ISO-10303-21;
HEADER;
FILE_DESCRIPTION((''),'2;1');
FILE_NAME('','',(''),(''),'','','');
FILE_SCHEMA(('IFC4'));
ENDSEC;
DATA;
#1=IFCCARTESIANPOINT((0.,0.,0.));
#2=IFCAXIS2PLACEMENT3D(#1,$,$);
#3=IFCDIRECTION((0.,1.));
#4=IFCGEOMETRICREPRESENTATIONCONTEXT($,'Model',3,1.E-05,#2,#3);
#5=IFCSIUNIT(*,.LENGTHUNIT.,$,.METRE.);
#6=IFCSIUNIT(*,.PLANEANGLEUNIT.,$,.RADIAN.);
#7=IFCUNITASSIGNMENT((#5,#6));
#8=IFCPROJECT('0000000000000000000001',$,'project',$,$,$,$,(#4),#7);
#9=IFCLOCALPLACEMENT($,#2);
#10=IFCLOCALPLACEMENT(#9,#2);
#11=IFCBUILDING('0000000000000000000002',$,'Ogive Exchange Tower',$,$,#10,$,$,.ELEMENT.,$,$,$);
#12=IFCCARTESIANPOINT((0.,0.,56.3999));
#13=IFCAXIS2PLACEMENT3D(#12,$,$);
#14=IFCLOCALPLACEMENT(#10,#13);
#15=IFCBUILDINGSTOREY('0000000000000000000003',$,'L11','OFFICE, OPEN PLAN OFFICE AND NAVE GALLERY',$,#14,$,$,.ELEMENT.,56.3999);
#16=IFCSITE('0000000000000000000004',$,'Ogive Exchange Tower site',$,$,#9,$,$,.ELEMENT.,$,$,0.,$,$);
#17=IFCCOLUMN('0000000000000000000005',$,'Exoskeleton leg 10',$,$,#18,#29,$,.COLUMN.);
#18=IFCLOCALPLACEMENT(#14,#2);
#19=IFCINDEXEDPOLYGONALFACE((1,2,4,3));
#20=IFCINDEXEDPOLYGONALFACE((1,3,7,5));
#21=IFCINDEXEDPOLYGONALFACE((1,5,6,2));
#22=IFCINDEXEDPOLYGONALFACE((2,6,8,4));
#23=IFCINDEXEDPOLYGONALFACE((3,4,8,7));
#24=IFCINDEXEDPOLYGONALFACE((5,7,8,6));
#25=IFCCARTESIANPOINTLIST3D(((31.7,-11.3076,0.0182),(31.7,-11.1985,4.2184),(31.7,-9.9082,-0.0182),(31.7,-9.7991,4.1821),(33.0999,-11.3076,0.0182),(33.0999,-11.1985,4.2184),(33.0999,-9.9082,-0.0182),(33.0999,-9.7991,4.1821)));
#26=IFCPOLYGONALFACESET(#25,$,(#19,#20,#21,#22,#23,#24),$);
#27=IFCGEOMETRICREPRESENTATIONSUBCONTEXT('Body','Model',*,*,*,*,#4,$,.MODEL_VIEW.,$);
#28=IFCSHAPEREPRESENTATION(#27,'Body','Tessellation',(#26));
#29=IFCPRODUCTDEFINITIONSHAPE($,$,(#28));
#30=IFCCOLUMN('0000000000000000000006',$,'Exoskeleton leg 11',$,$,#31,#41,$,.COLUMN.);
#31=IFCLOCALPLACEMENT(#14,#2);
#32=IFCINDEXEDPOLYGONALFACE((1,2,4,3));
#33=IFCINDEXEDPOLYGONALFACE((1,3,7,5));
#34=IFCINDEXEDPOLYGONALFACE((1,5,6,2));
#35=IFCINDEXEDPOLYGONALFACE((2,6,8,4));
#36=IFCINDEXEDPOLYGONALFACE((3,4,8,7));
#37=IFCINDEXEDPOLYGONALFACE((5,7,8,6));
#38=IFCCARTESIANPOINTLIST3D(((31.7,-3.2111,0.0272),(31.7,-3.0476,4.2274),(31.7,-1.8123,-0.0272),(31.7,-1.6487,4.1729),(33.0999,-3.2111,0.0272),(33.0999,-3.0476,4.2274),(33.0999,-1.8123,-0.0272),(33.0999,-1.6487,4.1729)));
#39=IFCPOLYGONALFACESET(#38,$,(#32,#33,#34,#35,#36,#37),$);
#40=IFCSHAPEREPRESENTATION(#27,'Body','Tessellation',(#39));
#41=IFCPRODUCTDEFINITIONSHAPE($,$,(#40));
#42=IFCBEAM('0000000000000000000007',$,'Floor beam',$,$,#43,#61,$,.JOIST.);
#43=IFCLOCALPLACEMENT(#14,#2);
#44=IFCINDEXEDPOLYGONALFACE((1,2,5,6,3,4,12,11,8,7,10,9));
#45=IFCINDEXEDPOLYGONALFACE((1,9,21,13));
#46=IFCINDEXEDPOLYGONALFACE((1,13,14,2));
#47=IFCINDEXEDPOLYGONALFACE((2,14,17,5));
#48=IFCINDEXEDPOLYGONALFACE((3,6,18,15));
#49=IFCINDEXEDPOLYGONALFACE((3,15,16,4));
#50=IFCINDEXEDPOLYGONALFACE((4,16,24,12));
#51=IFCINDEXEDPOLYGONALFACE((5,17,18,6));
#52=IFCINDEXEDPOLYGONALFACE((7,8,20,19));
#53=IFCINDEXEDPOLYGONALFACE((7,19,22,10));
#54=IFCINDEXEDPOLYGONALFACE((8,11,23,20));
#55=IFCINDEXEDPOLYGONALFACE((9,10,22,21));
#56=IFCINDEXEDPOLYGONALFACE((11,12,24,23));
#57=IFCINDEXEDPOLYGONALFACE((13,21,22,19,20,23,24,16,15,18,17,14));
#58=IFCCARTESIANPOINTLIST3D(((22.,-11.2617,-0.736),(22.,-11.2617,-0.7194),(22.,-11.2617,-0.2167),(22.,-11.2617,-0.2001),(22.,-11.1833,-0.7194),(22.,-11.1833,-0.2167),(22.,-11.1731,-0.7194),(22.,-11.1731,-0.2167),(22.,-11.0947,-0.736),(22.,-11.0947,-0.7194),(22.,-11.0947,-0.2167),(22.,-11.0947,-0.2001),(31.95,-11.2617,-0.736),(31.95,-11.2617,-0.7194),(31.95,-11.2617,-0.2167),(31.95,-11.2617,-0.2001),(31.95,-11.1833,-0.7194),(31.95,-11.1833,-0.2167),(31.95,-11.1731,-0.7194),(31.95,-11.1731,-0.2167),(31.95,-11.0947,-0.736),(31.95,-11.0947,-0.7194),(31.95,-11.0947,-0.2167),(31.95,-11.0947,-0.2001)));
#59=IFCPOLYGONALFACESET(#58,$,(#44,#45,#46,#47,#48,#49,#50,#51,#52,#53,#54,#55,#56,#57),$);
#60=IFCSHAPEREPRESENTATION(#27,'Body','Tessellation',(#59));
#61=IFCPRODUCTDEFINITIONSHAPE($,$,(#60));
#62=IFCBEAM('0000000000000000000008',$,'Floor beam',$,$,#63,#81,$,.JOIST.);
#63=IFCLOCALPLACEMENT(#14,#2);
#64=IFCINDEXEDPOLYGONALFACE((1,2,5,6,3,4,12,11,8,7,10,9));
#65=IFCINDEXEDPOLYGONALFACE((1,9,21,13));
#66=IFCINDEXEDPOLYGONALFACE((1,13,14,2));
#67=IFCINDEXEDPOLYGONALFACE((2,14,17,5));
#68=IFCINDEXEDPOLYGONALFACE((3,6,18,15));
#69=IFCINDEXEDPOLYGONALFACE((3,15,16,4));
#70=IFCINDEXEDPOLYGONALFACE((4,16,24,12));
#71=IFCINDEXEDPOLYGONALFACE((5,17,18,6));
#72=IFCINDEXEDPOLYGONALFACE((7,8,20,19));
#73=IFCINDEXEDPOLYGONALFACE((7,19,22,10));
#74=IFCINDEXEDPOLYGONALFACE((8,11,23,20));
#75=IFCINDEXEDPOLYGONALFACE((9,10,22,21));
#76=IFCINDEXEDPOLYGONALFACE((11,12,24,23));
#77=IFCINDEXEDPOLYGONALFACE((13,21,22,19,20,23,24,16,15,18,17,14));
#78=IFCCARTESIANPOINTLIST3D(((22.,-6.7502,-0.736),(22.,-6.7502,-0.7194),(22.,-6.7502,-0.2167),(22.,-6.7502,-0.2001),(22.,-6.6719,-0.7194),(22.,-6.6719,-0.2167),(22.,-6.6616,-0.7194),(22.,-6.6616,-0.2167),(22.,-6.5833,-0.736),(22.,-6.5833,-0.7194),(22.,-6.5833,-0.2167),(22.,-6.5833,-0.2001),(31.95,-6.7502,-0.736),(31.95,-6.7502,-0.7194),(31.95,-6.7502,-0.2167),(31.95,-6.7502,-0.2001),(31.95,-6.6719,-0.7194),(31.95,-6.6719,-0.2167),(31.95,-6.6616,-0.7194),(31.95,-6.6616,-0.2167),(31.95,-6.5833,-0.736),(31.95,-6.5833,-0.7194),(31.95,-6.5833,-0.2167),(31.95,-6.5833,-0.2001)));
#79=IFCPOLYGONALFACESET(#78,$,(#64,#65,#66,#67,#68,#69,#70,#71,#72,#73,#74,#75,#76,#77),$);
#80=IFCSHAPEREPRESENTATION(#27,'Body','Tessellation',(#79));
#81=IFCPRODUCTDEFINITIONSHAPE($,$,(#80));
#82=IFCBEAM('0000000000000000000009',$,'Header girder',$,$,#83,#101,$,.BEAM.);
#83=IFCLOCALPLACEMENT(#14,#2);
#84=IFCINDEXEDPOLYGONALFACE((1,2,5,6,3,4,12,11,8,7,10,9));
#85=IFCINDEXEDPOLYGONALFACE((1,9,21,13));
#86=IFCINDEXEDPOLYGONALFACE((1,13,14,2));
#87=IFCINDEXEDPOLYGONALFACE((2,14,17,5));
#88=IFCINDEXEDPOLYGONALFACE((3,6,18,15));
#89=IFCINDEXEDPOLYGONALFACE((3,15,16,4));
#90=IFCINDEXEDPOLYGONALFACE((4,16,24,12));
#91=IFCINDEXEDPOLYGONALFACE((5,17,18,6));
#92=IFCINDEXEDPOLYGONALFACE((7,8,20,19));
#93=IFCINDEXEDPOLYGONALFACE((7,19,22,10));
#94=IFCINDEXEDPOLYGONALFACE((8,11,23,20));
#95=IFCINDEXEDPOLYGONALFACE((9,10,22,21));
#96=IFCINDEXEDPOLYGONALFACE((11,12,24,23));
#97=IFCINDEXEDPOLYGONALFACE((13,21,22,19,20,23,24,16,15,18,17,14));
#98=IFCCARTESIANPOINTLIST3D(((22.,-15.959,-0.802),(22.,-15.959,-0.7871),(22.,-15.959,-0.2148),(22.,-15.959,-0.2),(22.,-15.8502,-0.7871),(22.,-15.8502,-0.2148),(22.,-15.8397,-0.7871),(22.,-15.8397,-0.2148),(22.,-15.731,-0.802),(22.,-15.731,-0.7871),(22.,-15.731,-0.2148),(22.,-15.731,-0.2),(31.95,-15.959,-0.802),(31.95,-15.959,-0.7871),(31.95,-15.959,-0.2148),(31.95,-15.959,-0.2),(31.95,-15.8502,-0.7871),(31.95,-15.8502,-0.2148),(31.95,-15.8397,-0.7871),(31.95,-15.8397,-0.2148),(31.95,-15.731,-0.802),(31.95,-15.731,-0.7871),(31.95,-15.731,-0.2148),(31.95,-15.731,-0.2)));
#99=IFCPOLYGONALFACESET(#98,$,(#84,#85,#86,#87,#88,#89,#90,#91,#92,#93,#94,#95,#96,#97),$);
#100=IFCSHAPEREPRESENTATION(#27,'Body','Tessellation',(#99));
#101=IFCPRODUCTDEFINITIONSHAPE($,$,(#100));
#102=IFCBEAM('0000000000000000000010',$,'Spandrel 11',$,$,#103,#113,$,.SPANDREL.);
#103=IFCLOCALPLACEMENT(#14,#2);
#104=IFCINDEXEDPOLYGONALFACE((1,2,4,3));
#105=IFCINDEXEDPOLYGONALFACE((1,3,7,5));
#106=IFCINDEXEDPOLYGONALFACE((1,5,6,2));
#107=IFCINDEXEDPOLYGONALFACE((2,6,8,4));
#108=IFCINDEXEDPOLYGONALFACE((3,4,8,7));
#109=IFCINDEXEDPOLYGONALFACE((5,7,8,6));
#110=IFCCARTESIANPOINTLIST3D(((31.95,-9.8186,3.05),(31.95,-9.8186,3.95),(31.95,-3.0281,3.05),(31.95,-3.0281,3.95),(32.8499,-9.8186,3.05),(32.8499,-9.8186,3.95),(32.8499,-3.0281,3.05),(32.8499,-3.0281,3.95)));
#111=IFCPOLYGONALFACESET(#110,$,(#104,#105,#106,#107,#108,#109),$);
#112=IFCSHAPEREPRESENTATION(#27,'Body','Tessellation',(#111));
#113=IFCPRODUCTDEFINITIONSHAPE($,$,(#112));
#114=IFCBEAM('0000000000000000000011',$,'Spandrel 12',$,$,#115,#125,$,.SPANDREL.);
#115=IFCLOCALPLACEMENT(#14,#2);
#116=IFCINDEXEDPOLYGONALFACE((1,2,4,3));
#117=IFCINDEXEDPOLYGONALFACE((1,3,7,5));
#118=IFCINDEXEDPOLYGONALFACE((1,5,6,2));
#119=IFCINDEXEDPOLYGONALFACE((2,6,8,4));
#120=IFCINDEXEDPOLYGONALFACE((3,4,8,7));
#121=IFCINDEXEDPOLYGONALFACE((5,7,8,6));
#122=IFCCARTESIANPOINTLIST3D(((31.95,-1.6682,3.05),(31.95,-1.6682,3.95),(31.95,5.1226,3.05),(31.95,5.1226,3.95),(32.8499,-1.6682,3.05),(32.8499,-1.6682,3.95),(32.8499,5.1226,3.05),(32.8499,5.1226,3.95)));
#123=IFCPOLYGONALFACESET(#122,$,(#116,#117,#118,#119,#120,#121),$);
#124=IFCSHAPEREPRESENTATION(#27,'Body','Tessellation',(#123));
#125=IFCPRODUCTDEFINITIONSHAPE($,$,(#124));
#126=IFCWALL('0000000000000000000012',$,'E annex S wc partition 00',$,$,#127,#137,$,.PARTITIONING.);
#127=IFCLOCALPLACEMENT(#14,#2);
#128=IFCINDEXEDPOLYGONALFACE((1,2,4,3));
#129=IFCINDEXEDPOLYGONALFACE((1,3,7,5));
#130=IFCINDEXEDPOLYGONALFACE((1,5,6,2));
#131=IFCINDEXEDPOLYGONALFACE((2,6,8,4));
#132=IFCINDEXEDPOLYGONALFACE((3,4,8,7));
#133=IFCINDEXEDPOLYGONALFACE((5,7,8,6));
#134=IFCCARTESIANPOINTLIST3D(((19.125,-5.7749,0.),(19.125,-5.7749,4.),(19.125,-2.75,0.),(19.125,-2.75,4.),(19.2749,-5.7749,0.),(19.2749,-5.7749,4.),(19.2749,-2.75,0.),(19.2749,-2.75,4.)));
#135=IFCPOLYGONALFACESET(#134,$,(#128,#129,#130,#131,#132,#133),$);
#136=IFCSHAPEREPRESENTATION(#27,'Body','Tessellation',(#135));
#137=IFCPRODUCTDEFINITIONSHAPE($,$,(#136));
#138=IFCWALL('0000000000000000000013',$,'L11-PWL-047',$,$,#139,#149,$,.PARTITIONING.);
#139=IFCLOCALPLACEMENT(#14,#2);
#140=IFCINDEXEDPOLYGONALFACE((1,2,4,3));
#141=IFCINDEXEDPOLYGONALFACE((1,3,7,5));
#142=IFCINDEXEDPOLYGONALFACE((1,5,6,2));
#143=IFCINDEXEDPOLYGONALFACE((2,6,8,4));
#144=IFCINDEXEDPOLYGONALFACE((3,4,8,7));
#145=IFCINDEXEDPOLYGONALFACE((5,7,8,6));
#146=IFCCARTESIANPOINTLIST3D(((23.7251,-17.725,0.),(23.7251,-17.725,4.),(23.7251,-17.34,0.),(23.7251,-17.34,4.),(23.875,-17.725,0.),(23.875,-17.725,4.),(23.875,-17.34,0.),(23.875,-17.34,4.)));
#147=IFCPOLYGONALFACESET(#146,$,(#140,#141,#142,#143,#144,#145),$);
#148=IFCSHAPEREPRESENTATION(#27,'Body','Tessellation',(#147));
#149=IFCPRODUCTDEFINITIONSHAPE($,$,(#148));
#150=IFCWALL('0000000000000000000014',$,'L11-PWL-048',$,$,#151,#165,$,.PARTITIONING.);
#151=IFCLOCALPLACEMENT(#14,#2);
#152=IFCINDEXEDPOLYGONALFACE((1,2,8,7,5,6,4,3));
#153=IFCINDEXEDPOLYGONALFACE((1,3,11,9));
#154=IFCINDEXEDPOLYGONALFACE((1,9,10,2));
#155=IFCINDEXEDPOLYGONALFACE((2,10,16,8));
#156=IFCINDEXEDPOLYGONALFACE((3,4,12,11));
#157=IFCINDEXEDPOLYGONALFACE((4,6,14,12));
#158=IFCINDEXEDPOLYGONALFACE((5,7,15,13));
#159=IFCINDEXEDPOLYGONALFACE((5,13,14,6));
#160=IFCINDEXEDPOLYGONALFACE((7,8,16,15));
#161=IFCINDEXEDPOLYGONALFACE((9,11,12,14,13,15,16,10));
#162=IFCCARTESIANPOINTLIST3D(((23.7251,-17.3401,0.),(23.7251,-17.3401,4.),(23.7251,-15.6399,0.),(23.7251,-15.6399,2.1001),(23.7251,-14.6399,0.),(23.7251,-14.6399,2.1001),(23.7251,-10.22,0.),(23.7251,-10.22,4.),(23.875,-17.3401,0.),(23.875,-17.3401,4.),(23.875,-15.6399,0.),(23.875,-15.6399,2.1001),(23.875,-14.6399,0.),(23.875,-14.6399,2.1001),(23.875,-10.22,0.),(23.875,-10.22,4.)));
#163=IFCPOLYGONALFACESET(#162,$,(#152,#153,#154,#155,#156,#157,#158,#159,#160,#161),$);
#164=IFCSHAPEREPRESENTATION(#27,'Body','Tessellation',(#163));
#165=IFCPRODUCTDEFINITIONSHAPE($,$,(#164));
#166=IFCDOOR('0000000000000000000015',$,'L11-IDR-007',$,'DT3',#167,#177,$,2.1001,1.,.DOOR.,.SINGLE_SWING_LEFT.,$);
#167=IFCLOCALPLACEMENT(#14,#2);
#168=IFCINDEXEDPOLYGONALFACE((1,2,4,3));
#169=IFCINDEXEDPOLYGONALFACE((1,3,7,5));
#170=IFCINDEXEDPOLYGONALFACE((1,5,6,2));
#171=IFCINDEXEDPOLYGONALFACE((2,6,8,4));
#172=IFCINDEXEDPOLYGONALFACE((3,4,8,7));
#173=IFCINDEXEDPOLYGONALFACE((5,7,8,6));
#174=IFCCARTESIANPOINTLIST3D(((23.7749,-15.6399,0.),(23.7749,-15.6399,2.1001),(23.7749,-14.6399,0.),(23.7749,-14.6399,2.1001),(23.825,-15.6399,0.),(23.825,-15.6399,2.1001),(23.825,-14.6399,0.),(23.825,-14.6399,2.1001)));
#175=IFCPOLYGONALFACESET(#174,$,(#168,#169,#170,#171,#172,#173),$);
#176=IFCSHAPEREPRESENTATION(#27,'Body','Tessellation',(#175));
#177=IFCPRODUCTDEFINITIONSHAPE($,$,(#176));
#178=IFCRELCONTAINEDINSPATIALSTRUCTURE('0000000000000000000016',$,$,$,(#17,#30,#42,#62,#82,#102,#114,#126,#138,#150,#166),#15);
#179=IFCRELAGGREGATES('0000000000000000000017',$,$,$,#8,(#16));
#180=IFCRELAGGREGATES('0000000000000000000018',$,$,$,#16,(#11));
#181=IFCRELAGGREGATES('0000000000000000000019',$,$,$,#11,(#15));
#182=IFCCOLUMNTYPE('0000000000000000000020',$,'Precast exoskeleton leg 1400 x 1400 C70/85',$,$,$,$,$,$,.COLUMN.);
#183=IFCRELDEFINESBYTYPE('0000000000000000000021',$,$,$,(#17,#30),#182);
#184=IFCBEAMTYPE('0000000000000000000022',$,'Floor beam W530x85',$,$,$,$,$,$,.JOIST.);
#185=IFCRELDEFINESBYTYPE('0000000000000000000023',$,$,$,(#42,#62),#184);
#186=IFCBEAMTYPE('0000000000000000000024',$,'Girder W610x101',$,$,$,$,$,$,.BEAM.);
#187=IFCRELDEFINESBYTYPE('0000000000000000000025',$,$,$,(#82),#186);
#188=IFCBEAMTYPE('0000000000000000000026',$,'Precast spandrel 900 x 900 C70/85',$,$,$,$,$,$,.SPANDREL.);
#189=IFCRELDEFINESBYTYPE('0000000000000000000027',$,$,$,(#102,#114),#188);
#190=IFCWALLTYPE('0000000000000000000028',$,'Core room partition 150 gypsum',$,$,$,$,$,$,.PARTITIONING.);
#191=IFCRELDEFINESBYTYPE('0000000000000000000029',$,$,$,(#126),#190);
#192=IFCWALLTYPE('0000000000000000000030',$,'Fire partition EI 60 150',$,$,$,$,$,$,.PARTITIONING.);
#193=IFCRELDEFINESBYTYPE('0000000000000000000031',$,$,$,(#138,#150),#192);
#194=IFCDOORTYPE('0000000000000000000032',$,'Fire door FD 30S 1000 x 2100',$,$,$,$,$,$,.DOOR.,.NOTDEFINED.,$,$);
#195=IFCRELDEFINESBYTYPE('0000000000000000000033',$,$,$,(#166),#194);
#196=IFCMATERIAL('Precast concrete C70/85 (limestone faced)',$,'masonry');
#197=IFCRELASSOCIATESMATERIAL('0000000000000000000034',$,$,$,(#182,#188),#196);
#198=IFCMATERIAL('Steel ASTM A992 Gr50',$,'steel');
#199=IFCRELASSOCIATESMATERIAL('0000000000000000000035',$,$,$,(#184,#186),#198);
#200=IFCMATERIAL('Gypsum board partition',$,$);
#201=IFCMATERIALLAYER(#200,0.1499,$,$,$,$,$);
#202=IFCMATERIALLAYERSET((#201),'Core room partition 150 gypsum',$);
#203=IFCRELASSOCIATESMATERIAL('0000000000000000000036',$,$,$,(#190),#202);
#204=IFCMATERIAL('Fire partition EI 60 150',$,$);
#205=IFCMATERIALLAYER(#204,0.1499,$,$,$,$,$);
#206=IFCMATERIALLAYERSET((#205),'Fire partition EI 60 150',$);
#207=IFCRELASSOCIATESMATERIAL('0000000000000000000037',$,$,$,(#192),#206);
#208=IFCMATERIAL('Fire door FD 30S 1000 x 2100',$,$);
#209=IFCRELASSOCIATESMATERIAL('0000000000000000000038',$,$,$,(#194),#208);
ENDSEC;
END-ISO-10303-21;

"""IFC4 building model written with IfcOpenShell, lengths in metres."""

from ifc_helpers import new_model, si_unit, direction, frame, frame_2d, origin, origin_2d, place, context, subcontext, project, spatial, rectangle, i_section, extrude, material, layer, layer_set, material_profile, profile_set, type_object, element, fill, save


model = new_model("IFC4")

# Units and contexts
model_context = context("Model", 3, precision=1e-05, world=origin(), true_north=direction((0.0, 1.0)))
body_context = subcontext(model_context, "Body", "Model", "MODEL_VIEW")
ifc_project = project(units=[si_unit("LENGTHUNIT", "METRE"), si_unit("PLANEANGLEUNIT", "RADIAN")], contexts=[model_context])

# Site, building, storey
site_placement = place(None, origin())
site = spatial("IfcSite", under=ifc_project, at=site_placement, Name="Ogive Exchange Tower site", CompositionType="ELEMENT", RefElevation=0.0)
building_placement = place(site_placement, origin())
building = spatial("IfcBuilding", under=site, at=building_placement, Name="Ogive Exchange Tower", CompositionType="ELEMENT")
storey_placement = place(building_placement, frame((0.0, 0.0, 56.3999)))
storey = spatial("IfcBuildingStorey", under=building, at=storey_placement, Name="L11", Description="OFFICE, OPEN PLAN OFFICE AND NAVE GALLERY", CompositionType="ELEMENT", Elevation=56.3999)

# Columns
ifc_material_1 = material(Name="Precast concrete C70/85 (limestone faced)", Category="masonry")
ifc_material_profile_1 = material_profile(ifc_material_1, rectangle(XDim=1.3999, YDim=1.3999, at=origin_2d()), Name="1400 x 1400")
ifc_profile_set_1 = profile_set([ifc_material_profile_1], Name="Precast concrete C70/85 (limestone faced)")
column_type = type_object("IfcColumnType", Name="Precast exoskeleton leg 1400 x 1400 C70/85", PredefinedType="COLUMN", material=ifc_profile_set_1)
column_1_placement = place(storey_placement, frame((32.3999, -10.6079, 0.0), z_axis=(0.0, 0.025974, 0.999663), x_axis=(-1.0, 0.0, 0.0)))
element("IfcColumn", 1, at=column_1_placement, inside=storey, type_object=column_type, Name="Exoskeleton leg 10", PredefinedType="COLUMN", context=body_context, shape_type="SweptSolid", body=[
    extrude(rectangle(XDim=1.3999, YDim=1.3999, at=origin_2d()), origin(), (0.0, 0.0, 1.0), 4.2017),
])
column_2_placement = place(storey_placement, frame((32.3999, -2.5117, 0.0), z_axis=(0.0, 0.038915, 0.999243), x_axis=(-1.0, 0.0, 0.0)))
element("IfcColumn", 2, at=column_2_placement, inside=storey, type_object=column_type, Name="Exoskeleton leg 11", PredefinedType="COLUMN", context=body_context, shape_type="SweptSolid", body=[
    extrude(rectangle(XDim=1.3999, YDim=1.3999, at=origin_2d()), origin(), (0.0, 0.0, 1.0), 4.2034),
])

# Beams
ifc_material_2 = material(Name="Steel ASTM A992 Gr50", Category="steel")
ifc_material_profile_2 = material_profile(ifc_material_2, i_section(OverallWidth=0.167, OverallDepth=0.5359, WebThickness=0.0103, FlangeThickness=0.0166, at=origin_2d()), Name="W530x85")
ifc_profile_set_2 = profile_set([ifc_material_profile_2], Name="Steel ASTM A992 Gr50")
beam_type_1 = type_object("IfcBeamType", Name="Floor beam W530x85", PredefinedType="JOIST", material=ifc_profile_set_2)
for number, where, z_axis, x_axis, name in (
    (3, (22.0, -11.1782, -0.468), (1.0, 0.0, 0.0), (0.0, 1.0, 0.0), "Floor beam"),
    (4, (22.0, -6.6667, -0.468), (1.0, 0.0, 0.0), (0.0, 1.0, 0.0), "Floor beam"),
):
    element("IfcBeam", number, at=place(storey_placement, frame(where, z_axis=z_axis, x_axis=x_axis)), inside=storey, type_object=beam_type_1, Name=name, PredefinedType="JOIST", context=body_context, shape_type="SweptSolid", body=[
        extrude(i_section(OverallWidth=0.167, OverallDepth=0.5359, WebThickness=0.0103, FlangeThickness=0.0166, at=origin_2d()), origin(), (0.0, 0.0, 1.0), 9.95),
    ])
ifc_material_profile_3 = material_profile(ifc_material_2, i_section(OverallWidth=0.228, OverallDepth=0.6021, WebThickness=0.0105, FlangeThickness=0.0149, at=origin_2d()), Name="W610x101")
ifc_profile_set_3 = profile_set([ifc_material_profile_3], Name="Steel ASTM A992 Gr50")
beam_type_2 = type_object("IfcBeamType", Name="Girder W610x101", PredefinedType="BEAM", material=ifc_profile_set_3)
beam_1_placement = place(storey_placement, frame((22.0, -15.845, -0.501), z_axis=(1.0, 0.0, 0.0), x_axis=(0.0, 1.0, 0.0)))
element("IfcBeam", 5, at=beam_1_placement, inside=storey, type_object=beam_type_2, Name="Header girder", PredefinedType="BEAM", context=body_context, shape_type="SweptSolid", body=[
    extrude(i_section(OverallWidth=0.228, OverallDepth=0.6021, WebThickness=0.0105, FlangeThickness=0.0149, at=origin_2d()), origin(), (0.0, 0.0, 1.0), 9.95),
])
ifc_material_profile_4 = material_profile(ifc_material_1, rectangle(XDim=0.8999, YDim=0.8999, at=origin_2d()), Name="900 x 900")
ifc_profile_set_4 = profile_set([ifc_material_profile_4], Name="Precast concrete C70/85 (limestone faced)")
beam_type_3 = type_object("IfcBeamType", Name="Precast spandrel 900 x 900 C70/85", PredefinedType="SPANDREL", material=ifc_profile_set_4)
beam_2_placement = place(storey_placement, frame((32.3999, -9.8186, 3.5), z_axis=(0.0, 1.0, 0.0), x_axis=(-1.0, 0.0, 0.0)))
element("IfcBeam", 6, at=beam_2_placement, inside=storey, type_object=beam_type_3, Name="Spandrel 11", PredefinedType="SPANDREL", context=body_context, shape_type="SweptSolid", body=[
    extrude(rectangle(XDim=0.8999, YDim=0.8999, at=origin_2d()), origin(), (0.0, 0.0, 1.0), 6.7905),
])
beam_3_placement = place(storey_placement, frame((32.3999, -1.6682, 3.5), z_axis=(0.0, 1.0, 0.0), x_axis=(-1.0, 0.0, 0.0)))
element("IfcBeam", 7, at=beam_3_placement, inside=storey, type_object=beam_type_3, Name="Spandrel 12", PredefinedType="SPANDREL", context=body_context, shape_type="SweptSolid", body=[
    extrude(rectangle(XDim=0.8999, YDim=0.8999, at=origin_2d()), origin(), (0.0, 0.0, 1.0), 6.7908),
])

# Walls
ifc_material_3 = material(Name="Gypsum board partition")
ifc_layer_1 = layer(ifc_material_3, 0.1499)
ifc_layer_set_1 = layer_set([ifc_layer_1], Name="Core room partition 150 gypsum")
wall_type_1 = type_object("IfcWallType", Name="Core room partition 150 gypsum", PredefinedType="PARTITIONING", material=ifc_layer_set_1)
wall_1_placement = place(storey_placement, frame((19.2, -5.7749, 0.0), z_axis=(0.0, 0.0, 1.0), x_axis=(0.0, 1.0, 0.0)))
element("IfcWall", 8, at=wall_1_placement, inside=storey, type_object=wall_type_1, Name="E annex S wc partition 00", PredefinedType="PARTITIONING", context=body_context, shape_type="SweptSolid", body=[
    extrude(rectangle(XDim=3.0249, YDim=0.1499, at=frame_2d((1.5125, 0.0))), origin(), (0.0, 0.0, 1.0), 4.0),
])
ifc_material_4 = material(Name="Fire partition EI 60 150")
ifc_layer_2 = layer(ifc_material_4, 0.1499)
ifc_layer_set_2 = layer_set([ifc_layer_2], Name="Fire partition EI 60 150")
wall_type_2 = type_object("IfcWallType", Name="Fire partition EI 60 150", PredefinedType="PARTITIONING", material=ifc_layer_set_2)
wall_2_placement = place(storey_placement, frame((23.8, -17.3401, 0.0), z_axis=(0.0, 0.0, 1.0), x_axis=(0.0, -1.0, 0.0)))
element("IfcWall", 9, at=wall_2_placement, inside=storey, type_object=wall_type_2, Name="L11-PWL-047", PredefinedType="PARTITIONING", context=body_context, shape_type="SweptSolid", body=[
    extrude(rectangle(XDim=0.385, YDim=0.1499, at=frame_2d((0.1924, 0.0))), origin(), (0.0, 0.0, 1.0), 4.0),
])

# Wall, opening, door
wall_3_placement = place(storey_placement, frame((23.8, -10.22, 0.0), z_axis=(0.0, 0.0, 1.0), x_axis=(0.0, -1.0, 0.0)))
wall_3 = element("IfcWall", 10, at=wall_3_placement, inside=storey, type_object=wall_type_2, Name="L11-PWL-048", PredefinedType="PARTITIONING", context=body_context, shape_type="SweptSolid", body=[
    extrude(rectangle(XDim=7.1201, YDim=0.1499, at=frame_2d((3.5601, 0.0))), origin(), (0.0, 0.0, 1.0), 4.0),
])
opening_1_placement = place(wall_3_placement, frame((4.4199, 0.0, 0.0)))
opening_1 = element("IfcOpeningElement", 11, at=opening_1_placement, cuts=wall_3, PredefinedType="OPENING", context=body_context, shape_type="SweptSolid", body=[
    extrude(rectangle(XDim=1.0, YDim=2.1001, at=frame_2d((0.5, 1.05))), frame((0.0, 0.085, 0.0), z_axis=(0.0, -1.0, 0.0), x_axis=(1.0, 0.0, 0.0)), (0.0, 0.0, 1.0), 0.1699),
])
ifc_material_5 = material(Name="Fire door FD 30S 1000 x 2100")
door_type_1 = type_object("IfcDoorType", Name="Fire door FD 30S 1000 x 2100", OperationType="NOTDEFINED", PredefinedType="DOOR", material=ifc_material_5)
door_1_placement = place(opening_1_placement, origin())
door_1 = element("IfcDoor", 12, at=door_1_placement, inside=storey, type_object=door_type_1, Name="L11-IDR-007", ObjectType="DT3", OperationType="SINGLE_SWING_LEFT", OverallHeight=2.1001, OverallWidth=1.0, PredefinedType="DOOR", context=body_context, shape_type="SweptSolid", body=[
    extrude(rectangle(XDim=1.0, YDim=2.1001, at=frame_2d((0.5, 1.05))), frame((0.0, 0.0249, 0.0), z_axis=(0.0, -1.0, 0.0), x_axis=(1.0, 0.0, 0.0)), (0.0, 0.0, 1.0), 0.05),
])
fill(opening_1, door_1)

save(model, "model.ifc")
